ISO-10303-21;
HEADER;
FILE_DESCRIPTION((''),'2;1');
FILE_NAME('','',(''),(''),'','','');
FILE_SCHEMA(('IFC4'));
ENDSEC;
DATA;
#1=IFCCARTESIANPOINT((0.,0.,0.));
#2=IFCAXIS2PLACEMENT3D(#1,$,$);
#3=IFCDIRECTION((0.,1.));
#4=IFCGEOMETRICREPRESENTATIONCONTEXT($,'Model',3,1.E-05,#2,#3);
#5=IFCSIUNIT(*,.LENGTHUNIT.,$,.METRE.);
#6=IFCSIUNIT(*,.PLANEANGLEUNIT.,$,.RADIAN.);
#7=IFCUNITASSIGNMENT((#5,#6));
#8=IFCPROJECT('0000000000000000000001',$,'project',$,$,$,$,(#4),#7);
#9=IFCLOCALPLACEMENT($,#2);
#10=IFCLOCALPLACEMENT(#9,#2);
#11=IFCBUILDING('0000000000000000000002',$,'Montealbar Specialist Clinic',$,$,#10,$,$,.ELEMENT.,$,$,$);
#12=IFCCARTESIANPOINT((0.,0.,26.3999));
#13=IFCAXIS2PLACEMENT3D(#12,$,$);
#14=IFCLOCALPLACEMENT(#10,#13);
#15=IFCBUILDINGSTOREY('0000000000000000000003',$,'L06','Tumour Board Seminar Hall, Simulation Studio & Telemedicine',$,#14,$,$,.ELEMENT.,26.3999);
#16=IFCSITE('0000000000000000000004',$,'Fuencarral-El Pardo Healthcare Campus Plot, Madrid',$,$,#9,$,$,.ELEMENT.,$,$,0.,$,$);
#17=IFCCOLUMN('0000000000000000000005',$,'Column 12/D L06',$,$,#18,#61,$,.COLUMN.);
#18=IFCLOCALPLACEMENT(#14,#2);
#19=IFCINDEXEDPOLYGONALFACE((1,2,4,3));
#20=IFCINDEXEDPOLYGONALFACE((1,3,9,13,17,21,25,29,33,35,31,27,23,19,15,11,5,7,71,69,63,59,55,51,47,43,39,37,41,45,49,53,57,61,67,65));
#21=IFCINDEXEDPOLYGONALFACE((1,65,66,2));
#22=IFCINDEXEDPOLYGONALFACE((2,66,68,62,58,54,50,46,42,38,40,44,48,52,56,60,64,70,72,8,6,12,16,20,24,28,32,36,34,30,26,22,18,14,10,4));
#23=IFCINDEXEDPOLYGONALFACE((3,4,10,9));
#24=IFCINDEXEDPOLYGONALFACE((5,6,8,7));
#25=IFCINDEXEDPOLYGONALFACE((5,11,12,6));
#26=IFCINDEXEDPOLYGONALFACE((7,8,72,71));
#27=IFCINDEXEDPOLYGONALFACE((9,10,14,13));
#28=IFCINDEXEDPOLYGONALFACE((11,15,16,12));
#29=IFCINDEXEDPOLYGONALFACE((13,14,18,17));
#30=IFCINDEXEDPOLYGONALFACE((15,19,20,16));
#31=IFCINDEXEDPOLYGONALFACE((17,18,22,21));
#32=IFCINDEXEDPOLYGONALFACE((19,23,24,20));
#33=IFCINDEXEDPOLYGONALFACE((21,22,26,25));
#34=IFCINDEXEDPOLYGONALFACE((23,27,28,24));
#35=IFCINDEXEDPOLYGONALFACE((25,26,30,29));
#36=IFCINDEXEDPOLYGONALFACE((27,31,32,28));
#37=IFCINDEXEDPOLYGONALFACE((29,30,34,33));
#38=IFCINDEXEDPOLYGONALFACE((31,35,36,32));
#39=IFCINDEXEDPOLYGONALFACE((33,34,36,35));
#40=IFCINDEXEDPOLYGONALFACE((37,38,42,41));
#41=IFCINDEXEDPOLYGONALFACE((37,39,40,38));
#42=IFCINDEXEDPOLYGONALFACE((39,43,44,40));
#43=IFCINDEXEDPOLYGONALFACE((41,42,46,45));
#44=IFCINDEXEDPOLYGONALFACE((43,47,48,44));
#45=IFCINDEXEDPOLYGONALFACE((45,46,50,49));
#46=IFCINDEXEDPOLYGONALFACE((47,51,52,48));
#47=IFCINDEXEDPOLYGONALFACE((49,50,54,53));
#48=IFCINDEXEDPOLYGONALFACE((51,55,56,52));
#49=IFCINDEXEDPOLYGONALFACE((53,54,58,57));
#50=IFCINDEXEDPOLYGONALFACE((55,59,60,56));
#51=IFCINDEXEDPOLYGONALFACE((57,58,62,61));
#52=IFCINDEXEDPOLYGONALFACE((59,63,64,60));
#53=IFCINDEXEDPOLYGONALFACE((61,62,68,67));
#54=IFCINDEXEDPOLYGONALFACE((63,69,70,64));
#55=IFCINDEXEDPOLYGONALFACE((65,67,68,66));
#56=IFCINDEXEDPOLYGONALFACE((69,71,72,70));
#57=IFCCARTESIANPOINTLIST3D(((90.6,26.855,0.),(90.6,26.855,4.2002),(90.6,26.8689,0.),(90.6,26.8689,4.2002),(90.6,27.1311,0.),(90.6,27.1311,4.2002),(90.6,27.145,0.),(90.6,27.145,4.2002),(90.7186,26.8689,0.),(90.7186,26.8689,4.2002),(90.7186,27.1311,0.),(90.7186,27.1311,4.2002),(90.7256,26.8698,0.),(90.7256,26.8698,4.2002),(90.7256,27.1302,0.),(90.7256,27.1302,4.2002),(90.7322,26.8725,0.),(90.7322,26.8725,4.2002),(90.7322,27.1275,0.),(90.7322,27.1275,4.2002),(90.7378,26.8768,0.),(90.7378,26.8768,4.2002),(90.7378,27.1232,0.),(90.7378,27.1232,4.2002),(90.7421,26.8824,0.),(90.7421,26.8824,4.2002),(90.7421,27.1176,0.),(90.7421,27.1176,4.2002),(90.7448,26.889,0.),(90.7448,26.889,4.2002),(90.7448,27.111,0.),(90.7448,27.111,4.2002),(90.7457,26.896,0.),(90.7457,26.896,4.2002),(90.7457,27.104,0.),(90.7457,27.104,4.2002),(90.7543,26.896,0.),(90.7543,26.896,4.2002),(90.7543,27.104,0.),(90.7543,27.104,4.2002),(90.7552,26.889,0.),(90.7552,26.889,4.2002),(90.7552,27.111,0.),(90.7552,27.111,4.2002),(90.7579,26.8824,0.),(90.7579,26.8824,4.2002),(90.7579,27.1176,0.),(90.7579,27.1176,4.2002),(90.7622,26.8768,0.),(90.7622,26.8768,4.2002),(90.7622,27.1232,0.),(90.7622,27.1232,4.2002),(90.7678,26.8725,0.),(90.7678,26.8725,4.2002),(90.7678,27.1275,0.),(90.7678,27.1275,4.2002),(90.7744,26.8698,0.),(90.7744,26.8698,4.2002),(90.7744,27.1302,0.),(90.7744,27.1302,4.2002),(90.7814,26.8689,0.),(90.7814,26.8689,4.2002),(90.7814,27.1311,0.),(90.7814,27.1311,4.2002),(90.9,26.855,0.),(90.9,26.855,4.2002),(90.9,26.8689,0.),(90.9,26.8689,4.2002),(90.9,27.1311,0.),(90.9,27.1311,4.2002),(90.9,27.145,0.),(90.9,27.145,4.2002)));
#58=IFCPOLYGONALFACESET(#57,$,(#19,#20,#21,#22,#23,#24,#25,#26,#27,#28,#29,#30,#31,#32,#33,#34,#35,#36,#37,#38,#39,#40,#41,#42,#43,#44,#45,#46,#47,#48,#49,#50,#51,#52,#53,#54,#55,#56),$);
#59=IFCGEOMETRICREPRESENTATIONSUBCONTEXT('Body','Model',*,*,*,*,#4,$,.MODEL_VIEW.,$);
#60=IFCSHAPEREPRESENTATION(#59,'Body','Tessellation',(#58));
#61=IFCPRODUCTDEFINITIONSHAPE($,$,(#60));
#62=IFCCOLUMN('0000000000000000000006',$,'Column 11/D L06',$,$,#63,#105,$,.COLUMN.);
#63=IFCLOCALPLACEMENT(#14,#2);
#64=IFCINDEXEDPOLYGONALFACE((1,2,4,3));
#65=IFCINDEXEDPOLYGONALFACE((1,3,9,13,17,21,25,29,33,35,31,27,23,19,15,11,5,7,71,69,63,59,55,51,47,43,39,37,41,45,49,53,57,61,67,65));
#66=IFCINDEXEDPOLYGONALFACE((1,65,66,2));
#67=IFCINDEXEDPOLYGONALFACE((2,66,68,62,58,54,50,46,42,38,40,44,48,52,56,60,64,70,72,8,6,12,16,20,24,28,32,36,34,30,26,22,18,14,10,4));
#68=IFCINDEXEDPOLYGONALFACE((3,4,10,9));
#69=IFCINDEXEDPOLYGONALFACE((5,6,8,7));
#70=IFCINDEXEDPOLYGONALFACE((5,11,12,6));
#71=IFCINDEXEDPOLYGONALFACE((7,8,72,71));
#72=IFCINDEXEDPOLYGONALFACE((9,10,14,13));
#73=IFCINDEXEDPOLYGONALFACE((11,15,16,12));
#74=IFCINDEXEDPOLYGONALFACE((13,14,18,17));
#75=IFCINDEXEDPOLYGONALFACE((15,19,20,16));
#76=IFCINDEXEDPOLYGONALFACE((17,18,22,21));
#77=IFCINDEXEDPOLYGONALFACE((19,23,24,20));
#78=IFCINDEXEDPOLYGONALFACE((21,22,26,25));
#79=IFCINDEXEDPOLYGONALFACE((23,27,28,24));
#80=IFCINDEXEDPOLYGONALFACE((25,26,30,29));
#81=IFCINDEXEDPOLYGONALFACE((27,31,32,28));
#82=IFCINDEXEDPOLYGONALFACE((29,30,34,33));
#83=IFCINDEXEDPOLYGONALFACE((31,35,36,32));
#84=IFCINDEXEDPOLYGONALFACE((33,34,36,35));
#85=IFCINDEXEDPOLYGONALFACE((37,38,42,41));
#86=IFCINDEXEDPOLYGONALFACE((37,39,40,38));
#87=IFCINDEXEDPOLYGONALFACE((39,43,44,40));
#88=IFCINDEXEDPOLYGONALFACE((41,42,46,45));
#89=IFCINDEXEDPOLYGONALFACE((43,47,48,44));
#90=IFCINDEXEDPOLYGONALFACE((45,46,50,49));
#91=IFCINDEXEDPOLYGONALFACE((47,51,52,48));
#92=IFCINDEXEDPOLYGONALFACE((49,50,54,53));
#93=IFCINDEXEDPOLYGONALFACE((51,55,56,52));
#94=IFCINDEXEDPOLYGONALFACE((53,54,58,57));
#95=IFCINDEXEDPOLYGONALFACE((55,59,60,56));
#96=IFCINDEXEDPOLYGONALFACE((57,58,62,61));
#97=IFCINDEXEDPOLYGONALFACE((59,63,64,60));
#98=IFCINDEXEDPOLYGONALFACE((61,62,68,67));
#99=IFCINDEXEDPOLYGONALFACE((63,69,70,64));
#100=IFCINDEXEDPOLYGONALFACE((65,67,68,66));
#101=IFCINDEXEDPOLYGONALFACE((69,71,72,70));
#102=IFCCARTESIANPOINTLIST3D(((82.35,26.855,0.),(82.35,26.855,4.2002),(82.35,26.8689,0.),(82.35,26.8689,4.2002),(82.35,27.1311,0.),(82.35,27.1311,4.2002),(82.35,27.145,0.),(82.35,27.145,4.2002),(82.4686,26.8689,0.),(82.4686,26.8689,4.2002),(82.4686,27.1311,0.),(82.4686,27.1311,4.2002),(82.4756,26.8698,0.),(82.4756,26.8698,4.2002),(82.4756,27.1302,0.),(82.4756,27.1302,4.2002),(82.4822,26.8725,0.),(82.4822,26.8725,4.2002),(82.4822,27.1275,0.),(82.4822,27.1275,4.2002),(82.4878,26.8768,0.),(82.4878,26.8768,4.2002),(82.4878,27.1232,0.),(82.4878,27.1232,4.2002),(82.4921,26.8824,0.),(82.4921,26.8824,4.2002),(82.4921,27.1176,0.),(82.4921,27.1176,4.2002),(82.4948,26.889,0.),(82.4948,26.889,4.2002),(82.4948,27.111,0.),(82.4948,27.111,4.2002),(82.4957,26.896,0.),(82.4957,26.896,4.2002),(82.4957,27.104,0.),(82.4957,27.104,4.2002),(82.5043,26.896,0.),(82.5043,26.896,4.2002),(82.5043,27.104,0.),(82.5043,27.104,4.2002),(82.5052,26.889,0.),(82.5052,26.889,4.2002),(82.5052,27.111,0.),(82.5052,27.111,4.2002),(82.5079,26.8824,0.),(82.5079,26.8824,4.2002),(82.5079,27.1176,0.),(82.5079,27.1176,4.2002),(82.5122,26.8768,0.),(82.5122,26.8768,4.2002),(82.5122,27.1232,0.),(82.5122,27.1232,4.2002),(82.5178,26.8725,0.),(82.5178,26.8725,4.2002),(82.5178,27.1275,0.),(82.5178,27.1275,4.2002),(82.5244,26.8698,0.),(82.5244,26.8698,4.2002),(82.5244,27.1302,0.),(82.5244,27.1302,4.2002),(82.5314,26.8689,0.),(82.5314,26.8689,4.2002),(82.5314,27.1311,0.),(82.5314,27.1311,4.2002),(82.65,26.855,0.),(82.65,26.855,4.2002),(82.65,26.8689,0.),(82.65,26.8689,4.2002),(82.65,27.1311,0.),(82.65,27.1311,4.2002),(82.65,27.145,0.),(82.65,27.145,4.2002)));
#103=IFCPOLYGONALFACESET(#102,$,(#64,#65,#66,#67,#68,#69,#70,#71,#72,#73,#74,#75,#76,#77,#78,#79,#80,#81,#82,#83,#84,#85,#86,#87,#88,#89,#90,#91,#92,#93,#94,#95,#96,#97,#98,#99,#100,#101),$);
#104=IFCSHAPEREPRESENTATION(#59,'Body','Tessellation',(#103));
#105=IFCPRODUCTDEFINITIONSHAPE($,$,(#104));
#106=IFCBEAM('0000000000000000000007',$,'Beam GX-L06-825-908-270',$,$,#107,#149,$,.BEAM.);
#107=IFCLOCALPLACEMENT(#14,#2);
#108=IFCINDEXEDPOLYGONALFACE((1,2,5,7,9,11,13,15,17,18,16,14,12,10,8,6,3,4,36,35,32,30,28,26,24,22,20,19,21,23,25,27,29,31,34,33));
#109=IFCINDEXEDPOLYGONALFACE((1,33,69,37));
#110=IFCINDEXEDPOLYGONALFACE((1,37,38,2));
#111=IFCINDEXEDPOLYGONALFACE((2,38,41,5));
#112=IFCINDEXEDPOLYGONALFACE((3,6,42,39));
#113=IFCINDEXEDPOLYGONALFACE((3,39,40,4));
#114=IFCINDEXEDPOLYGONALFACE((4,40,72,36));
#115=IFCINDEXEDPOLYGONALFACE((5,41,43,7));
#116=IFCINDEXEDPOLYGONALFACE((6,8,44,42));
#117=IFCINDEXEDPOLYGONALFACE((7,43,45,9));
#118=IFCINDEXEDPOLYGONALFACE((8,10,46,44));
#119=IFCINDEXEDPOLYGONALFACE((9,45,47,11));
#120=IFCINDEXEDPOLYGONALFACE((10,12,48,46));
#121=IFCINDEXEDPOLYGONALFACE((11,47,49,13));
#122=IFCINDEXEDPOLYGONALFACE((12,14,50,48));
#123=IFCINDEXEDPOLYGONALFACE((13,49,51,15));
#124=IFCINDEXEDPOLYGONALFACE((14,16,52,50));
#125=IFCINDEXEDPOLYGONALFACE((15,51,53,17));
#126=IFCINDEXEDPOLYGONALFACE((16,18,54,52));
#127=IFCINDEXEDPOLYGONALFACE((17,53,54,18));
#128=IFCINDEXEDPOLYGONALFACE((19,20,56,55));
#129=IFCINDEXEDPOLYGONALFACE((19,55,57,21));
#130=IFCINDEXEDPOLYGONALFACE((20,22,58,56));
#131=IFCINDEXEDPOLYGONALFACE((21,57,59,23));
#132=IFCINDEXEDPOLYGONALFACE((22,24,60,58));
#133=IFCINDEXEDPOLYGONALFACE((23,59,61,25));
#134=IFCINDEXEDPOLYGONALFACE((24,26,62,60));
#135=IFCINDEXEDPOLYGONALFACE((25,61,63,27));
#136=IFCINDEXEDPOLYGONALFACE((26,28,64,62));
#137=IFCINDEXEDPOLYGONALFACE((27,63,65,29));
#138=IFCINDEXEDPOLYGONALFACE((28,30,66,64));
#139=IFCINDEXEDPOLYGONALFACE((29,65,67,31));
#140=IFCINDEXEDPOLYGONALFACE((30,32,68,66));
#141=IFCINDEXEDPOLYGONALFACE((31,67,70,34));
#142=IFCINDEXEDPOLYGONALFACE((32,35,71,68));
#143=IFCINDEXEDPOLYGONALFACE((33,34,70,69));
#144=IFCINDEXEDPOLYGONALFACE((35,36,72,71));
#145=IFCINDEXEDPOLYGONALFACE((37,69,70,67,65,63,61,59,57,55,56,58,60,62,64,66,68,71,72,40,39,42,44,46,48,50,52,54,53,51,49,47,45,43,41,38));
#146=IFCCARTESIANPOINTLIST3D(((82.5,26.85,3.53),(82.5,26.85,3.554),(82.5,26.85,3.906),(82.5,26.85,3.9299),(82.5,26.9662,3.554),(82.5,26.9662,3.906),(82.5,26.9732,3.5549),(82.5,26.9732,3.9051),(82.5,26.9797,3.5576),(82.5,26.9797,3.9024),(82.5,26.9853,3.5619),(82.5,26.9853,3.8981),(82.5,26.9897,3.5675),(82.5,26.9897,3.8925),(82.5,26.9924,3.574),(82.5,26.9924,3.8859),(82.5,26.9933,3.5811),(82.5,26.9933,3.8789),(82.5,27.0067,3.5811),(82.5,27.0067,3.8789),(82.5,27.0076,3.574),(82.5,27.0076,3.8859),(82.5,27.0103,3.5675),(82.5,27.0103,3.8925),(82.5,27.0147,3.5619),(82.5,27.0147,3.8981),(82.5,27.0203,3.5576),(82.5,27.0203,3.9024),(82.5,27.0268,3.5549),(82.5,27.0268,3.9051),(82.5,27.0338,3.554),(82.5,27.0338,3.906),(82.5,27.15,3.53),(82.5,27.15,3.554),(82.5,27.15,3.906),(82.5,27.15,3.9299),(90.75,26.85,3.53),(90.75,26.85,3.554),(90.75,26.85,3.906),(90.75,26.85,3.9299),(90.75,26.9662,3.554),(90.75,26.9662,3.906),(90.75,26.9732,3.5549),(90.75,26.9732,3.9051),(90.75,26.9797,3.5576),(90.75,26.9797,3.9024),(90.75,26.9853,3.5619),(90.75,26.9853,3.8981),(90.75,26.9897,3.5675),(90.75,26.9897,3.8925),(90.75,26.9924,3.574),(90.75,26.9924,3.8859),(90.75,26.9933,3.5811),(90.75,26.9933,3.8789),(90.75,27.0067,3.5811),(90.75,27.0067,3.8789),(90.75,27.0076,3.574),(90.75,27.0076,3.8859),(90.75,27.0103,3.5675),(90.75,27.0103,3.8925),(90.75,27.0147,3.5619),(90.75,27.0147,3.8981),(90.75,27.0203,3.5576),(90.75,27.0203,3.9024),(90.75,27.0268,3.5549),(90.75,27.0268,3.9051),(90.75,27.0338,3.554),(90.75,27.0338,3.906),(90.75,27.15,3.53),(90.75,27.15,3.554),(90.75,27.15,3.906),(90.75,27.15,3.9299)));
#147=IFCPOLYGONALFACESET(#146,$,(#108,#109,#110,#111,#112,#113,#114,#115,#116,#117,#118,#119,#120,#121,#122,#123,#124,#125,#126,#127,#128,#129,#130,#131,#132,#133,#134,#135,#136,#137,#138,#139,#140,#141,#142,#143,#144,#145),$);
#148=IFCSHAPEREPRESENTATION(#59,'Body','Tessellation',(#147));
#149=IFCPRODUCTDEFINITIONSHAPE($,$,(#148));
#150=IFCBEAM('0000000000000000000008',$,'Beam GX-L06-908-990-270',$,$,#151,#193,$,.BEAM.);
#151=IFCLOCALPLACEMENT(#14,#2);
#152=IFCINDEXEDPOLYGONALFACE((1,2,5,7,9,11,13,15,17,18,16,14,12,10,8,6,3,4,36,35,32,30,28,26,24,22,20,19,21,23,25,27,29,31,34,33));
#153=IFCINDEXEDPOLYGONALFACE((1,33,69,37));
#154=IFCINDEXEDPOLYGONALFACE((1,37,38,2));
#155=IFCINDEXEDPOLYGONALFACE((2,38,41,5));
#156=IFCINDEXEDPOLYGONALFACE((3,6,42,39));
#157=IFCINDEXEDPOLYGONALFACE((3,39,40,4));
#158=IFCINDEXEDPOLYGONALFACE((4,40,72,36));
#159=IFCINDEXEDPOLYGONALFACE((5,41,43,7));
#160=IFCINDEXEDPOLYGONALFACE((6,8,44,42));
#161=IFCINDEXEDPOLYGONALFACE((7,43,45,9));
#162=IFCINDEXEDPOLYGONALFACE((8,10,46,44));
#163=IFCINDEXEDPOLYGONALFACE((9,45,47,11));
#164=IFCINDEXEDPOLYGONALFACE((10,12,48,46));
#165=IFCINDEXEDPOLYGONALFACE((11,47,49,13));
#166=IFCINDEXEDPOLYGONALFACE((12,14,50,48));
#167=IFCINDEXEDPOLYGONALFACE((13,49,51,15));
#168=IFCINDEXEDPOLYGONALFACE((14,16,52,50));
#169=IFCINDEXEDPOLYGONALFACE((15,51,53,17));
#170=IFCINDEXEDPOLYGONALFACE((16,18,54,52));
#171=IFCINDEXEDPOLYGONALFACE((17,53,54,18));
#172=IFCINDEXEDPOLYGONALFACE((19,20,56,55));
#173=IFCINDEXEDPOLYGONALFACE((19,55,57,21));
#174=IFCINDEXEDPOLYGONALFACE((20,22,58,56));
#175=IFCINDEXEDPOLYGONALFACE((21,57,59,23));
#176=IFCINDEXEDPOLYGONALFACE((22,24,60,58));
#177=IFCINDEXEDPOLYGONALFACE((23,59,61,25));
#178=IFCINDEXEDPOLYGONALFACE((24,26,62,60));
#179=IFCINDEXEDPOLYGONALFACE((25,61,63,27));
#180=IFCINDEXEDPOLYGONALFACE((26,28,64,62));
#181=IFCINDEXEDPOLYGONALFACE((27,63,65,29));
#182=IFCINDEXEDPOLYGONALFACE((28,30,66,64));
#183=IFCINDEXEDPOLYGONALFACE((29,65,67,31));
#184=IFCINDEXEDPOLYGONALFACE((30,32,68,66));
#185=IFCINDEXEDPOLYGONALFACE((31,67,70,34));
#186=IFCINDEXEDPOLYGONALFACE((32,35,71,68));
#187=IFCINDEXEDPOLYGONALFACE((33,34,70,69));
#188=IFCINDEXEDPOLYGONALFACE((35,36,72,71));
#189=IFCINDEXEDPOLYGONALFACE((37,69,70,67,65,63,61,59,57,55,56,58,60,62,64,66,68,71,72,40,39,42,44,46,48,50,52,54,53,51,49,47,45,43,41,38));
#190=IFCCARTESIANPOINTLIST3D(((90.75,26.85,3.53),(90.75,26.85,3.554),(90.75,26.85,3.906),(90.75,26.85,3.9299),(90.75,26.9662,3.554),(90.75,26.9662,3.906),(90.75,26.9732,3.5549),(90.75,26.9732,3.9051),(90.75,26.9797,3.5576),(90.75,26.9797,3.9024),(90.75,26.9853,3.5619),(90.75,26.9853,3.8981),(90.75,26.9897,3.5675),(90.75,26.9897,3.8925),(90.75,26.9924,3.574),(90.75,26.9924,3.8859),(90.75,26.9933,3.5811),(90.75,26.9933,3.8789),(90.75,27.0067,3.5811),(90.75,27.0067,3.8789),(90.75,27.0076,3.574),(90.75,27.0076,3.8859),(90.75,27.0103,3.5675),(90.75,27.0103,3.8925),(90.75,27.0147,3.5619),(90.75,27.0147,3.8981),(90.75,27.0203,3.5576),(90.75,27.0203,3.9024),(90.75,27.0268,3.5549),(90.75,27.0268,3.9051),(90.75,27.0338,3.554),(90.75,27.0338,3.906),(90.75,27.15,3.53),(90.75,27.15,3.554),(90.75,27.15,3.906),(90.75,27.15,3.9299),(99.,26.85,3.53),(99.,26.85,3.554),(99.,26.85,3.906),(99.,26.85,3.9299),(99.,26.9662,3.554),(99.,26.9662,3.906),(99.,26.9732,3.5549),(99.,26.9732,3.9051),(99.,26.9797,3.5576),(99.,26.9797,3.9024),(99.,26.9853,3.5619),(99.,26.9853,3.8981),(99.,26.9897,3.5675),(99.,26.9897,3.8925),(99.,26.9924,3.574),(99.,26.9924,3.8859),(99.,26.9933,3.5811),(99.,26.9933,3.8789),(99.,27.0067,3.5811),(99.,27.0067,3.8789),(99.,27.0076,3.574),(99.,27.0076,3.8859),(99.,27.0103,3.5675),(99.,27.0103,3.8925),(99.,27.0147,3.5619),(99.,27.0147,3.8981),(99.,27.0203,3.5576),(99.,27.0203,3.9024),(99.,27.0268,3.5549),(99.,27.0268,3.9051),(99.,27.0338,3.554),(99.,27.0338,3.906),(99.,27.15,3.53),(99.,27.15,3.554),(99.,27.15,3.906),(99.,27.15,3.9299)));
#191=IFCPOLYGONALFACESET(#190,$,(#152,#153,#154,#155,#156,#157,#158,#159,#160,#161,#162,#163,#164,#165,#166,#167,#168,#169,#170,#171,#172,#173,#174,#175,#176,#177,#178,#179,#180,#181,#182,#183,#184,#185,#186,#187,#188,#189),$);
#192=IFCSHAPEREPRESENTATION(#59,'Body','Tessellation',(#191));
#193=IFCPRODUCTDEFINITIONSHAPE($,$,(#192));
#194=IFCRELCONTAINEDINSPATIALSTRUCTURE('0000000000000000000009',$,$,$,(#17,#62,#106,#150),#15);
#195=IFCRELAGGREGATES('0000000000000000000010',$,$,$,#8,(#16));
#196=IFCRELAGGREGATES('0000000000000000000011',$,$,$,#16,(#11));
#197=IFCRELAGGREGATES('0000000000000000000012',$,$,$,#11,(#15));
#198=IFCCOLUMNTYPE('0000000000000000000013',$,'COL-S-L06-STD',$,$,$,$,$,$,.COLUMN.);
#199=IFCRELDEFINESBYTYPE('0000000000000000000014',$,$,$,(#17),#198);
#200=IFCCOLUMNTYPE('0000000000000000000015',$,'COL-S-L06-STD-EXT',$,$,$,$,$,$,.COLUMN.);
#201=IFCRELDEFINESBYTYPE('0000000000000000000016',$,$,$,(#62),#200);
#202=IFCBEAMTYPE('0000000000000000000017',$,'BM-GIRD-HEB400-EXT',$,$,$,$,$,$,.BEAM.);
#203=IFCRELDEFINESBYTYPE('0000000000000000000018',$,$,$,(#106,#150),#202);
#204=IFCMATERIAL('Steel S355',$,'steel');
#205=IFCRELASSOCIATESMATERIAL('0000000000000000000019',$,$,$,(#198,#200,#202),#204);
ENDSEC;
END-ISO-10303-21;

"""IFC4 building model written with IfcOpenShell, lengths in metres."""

from ifc_helpers import new_model, si_unit, direction, frame, origin, origin_2d, place, context, subcontext, project, spatial, i_section, extrude, material, material_profile, profile_set, type_object, element, save


model = new_model("IFC4")

# Units and contexts
model_context = context("Model", 3, precision=1e-05, world=origin(), true_north=direction((0.0, 1.0)))
body_context = subcontext(model_context, "Body", "Model", "MODEL_VIEW")
ifc_project = project(units=[si_unit("LENGTHUNIT", "METRE"), si_unit("PLANEANGLEUNIT", "RADIAN")], contexts=[model_context])

# Site, building, storey
site_placement = place(None, origin())
site = spatial("IfcSite", under=ifc_project, at=site_placement, Name="Fuencarral-El Pardo Healthcare Campus Plot, Madrid", CompositionType="ELEMENT", RefElevation=0.0)
building_placement = place(site_placement, origin())
building = spatial("IfcBuilding", under=site, at=building_placement, Name="Montealbar Specialist Clinic", CompositionType="ELEMENT")
storey_placement = place(building_placement, frame((0.0, 0.0, 26.3999)))
storey = spatial("IfcBuildingStorey", under=building, at=storey_placement, Name="L06", Description="Tumour Board Seminar Hall, Simulation Studio & Telemedicine", CompositionType="ELEMENT", Elevation=26.3999)

# Columns
ifc_material_1 = material(Name="Steel S355", Category="steel")
ifc_material_profile_1 = material_profile(ifc_material_1, i_section(OverallWidth=0.3, OverallDepth=0.29, WebThickness=0.0085, FlangeThickness=0.0139, FilletRadius=0.0271, at=origin_2d()), Name="HEA 300", Category="steel")
ifc_profile_set_1 = profile_set([ifc_material_profile_1], Name="Steel S355")
column_type_1 = type_object("IfcColumnType", Name="COL-S-L06-STD", PredefinedType="COLUMN", material=ifc_profile_set_1)
column_1_placement = place(storey_placement, frame((90.75, 27.0, 0.0), z_axis=(0.0, 0.0, 1.0), x_axis=(1.0, 0.0, 0.0)))
element("IfcColumn", 1, at=column_1_placement, inside=storey, type_object=column_type_1, Name="Column 12/D L06", PredefinedType="COLUMN", context=body_context, shape_type="SweptSolid", body=[
    extrude(i_section(OverallWidth=0.3, OverallDepth=0.29, WebThickness=0.0085, FlangeThickness=0.0139, FilletRadius=0.0271, at=origin_2d()), origin(), (0.0, 0.0, 1.0), 4.2002),
])
ifc_material_profile_2 = material_profile(ifc_material_1, i_section(OverallWidth=0.3, OverallDepth=0.29, WebThickness=0.0085, FlangeThickness=0.0139, FilletRadius=0.0271, at=origin_2d()), Name="HEA 300", Category="steel")
ifc_profile_set_2 = profile_set([ifc_material_profile_2], Name="Steel S355")
column_type_2 = type_object("IfcColumnType", Name="COL-S-L06-STD-EXT", PredefinedType="COLUMN", material=ifc_profile_set_2)
column_2_placement = place(storey_placement, frame((82.5, 27.0, 0.0), z_axis=(0.0, 0.0, 1.0), x_axis=(1.0, 0.0, 0.0)))
element("IfcColumn", 2, at=column_2_placement, inside=storey, type_object=column_type_2, Name="Column 11/D L06", PredefinedType="COLUMN", context=body_context, shape_type="SweptSolid", body=[
    extrude(i_section(OverallWidth=0.3, OverallDepth=0.29, WebThickness=0.0085, FlangeThickness=0.0139, FilletRadius=0.0271, at=origin_2d()), origin(), (0.0, 0.0, 1.0), 4.2002),
])

# Beams
ifc_material_profile_3 = material_profile(ifc_material_1, i_section(OverallWidth=0.3, OverallDepth=0.3999, WebThickness=0.0134, FlangeThickness=0.0239, FilletRadius=0.0271, at=origin_2d()), Name="HEB 400", Category="steel")
ifc_profile_set_3 = profile_set([ifc_material_profile_3], Name="Steel S355")
beam_type_1 = type_object("IfcBeamType", Name="BM-GIRD-HEB400-EXT", PredefinedType="BEAM", material=ifc_profile_set_3)
for number, where, z_axis, x_axis, name in (
    (3, (82.5, 27.0, 3.73), (1.0, 0.0, 0.0), (0.0, 1.0, 0.0), "Beam GX-L06-825-908-270"),
    (4, (90.75, 27.0, 3.73), (1.0, 0.0, 0.0), (0.0, 1.0, 0.0), "Beam GX-L06-908-990-270"),
):
    element("IfcBeam", number, at=place(storey_placement, frame(where, z_axis=z_axis, x_axis=x_axis)), inside=storey, type_object=beam_type_1, Name=name, PredefinedType="BEAM", context=body_context, shape_type="SweptSolid", body=[
        extrude(i_section(OverallWidth=0.3, OverallDepth=0.3999, WebThickness=0.0134, FlangeThickness=0.0239, FilletRadius=0.0271, at=origin_2d()), origin(), (0.0, 0.0, 1.0), 8.25),
    ])

save(model, "model.ifc")
